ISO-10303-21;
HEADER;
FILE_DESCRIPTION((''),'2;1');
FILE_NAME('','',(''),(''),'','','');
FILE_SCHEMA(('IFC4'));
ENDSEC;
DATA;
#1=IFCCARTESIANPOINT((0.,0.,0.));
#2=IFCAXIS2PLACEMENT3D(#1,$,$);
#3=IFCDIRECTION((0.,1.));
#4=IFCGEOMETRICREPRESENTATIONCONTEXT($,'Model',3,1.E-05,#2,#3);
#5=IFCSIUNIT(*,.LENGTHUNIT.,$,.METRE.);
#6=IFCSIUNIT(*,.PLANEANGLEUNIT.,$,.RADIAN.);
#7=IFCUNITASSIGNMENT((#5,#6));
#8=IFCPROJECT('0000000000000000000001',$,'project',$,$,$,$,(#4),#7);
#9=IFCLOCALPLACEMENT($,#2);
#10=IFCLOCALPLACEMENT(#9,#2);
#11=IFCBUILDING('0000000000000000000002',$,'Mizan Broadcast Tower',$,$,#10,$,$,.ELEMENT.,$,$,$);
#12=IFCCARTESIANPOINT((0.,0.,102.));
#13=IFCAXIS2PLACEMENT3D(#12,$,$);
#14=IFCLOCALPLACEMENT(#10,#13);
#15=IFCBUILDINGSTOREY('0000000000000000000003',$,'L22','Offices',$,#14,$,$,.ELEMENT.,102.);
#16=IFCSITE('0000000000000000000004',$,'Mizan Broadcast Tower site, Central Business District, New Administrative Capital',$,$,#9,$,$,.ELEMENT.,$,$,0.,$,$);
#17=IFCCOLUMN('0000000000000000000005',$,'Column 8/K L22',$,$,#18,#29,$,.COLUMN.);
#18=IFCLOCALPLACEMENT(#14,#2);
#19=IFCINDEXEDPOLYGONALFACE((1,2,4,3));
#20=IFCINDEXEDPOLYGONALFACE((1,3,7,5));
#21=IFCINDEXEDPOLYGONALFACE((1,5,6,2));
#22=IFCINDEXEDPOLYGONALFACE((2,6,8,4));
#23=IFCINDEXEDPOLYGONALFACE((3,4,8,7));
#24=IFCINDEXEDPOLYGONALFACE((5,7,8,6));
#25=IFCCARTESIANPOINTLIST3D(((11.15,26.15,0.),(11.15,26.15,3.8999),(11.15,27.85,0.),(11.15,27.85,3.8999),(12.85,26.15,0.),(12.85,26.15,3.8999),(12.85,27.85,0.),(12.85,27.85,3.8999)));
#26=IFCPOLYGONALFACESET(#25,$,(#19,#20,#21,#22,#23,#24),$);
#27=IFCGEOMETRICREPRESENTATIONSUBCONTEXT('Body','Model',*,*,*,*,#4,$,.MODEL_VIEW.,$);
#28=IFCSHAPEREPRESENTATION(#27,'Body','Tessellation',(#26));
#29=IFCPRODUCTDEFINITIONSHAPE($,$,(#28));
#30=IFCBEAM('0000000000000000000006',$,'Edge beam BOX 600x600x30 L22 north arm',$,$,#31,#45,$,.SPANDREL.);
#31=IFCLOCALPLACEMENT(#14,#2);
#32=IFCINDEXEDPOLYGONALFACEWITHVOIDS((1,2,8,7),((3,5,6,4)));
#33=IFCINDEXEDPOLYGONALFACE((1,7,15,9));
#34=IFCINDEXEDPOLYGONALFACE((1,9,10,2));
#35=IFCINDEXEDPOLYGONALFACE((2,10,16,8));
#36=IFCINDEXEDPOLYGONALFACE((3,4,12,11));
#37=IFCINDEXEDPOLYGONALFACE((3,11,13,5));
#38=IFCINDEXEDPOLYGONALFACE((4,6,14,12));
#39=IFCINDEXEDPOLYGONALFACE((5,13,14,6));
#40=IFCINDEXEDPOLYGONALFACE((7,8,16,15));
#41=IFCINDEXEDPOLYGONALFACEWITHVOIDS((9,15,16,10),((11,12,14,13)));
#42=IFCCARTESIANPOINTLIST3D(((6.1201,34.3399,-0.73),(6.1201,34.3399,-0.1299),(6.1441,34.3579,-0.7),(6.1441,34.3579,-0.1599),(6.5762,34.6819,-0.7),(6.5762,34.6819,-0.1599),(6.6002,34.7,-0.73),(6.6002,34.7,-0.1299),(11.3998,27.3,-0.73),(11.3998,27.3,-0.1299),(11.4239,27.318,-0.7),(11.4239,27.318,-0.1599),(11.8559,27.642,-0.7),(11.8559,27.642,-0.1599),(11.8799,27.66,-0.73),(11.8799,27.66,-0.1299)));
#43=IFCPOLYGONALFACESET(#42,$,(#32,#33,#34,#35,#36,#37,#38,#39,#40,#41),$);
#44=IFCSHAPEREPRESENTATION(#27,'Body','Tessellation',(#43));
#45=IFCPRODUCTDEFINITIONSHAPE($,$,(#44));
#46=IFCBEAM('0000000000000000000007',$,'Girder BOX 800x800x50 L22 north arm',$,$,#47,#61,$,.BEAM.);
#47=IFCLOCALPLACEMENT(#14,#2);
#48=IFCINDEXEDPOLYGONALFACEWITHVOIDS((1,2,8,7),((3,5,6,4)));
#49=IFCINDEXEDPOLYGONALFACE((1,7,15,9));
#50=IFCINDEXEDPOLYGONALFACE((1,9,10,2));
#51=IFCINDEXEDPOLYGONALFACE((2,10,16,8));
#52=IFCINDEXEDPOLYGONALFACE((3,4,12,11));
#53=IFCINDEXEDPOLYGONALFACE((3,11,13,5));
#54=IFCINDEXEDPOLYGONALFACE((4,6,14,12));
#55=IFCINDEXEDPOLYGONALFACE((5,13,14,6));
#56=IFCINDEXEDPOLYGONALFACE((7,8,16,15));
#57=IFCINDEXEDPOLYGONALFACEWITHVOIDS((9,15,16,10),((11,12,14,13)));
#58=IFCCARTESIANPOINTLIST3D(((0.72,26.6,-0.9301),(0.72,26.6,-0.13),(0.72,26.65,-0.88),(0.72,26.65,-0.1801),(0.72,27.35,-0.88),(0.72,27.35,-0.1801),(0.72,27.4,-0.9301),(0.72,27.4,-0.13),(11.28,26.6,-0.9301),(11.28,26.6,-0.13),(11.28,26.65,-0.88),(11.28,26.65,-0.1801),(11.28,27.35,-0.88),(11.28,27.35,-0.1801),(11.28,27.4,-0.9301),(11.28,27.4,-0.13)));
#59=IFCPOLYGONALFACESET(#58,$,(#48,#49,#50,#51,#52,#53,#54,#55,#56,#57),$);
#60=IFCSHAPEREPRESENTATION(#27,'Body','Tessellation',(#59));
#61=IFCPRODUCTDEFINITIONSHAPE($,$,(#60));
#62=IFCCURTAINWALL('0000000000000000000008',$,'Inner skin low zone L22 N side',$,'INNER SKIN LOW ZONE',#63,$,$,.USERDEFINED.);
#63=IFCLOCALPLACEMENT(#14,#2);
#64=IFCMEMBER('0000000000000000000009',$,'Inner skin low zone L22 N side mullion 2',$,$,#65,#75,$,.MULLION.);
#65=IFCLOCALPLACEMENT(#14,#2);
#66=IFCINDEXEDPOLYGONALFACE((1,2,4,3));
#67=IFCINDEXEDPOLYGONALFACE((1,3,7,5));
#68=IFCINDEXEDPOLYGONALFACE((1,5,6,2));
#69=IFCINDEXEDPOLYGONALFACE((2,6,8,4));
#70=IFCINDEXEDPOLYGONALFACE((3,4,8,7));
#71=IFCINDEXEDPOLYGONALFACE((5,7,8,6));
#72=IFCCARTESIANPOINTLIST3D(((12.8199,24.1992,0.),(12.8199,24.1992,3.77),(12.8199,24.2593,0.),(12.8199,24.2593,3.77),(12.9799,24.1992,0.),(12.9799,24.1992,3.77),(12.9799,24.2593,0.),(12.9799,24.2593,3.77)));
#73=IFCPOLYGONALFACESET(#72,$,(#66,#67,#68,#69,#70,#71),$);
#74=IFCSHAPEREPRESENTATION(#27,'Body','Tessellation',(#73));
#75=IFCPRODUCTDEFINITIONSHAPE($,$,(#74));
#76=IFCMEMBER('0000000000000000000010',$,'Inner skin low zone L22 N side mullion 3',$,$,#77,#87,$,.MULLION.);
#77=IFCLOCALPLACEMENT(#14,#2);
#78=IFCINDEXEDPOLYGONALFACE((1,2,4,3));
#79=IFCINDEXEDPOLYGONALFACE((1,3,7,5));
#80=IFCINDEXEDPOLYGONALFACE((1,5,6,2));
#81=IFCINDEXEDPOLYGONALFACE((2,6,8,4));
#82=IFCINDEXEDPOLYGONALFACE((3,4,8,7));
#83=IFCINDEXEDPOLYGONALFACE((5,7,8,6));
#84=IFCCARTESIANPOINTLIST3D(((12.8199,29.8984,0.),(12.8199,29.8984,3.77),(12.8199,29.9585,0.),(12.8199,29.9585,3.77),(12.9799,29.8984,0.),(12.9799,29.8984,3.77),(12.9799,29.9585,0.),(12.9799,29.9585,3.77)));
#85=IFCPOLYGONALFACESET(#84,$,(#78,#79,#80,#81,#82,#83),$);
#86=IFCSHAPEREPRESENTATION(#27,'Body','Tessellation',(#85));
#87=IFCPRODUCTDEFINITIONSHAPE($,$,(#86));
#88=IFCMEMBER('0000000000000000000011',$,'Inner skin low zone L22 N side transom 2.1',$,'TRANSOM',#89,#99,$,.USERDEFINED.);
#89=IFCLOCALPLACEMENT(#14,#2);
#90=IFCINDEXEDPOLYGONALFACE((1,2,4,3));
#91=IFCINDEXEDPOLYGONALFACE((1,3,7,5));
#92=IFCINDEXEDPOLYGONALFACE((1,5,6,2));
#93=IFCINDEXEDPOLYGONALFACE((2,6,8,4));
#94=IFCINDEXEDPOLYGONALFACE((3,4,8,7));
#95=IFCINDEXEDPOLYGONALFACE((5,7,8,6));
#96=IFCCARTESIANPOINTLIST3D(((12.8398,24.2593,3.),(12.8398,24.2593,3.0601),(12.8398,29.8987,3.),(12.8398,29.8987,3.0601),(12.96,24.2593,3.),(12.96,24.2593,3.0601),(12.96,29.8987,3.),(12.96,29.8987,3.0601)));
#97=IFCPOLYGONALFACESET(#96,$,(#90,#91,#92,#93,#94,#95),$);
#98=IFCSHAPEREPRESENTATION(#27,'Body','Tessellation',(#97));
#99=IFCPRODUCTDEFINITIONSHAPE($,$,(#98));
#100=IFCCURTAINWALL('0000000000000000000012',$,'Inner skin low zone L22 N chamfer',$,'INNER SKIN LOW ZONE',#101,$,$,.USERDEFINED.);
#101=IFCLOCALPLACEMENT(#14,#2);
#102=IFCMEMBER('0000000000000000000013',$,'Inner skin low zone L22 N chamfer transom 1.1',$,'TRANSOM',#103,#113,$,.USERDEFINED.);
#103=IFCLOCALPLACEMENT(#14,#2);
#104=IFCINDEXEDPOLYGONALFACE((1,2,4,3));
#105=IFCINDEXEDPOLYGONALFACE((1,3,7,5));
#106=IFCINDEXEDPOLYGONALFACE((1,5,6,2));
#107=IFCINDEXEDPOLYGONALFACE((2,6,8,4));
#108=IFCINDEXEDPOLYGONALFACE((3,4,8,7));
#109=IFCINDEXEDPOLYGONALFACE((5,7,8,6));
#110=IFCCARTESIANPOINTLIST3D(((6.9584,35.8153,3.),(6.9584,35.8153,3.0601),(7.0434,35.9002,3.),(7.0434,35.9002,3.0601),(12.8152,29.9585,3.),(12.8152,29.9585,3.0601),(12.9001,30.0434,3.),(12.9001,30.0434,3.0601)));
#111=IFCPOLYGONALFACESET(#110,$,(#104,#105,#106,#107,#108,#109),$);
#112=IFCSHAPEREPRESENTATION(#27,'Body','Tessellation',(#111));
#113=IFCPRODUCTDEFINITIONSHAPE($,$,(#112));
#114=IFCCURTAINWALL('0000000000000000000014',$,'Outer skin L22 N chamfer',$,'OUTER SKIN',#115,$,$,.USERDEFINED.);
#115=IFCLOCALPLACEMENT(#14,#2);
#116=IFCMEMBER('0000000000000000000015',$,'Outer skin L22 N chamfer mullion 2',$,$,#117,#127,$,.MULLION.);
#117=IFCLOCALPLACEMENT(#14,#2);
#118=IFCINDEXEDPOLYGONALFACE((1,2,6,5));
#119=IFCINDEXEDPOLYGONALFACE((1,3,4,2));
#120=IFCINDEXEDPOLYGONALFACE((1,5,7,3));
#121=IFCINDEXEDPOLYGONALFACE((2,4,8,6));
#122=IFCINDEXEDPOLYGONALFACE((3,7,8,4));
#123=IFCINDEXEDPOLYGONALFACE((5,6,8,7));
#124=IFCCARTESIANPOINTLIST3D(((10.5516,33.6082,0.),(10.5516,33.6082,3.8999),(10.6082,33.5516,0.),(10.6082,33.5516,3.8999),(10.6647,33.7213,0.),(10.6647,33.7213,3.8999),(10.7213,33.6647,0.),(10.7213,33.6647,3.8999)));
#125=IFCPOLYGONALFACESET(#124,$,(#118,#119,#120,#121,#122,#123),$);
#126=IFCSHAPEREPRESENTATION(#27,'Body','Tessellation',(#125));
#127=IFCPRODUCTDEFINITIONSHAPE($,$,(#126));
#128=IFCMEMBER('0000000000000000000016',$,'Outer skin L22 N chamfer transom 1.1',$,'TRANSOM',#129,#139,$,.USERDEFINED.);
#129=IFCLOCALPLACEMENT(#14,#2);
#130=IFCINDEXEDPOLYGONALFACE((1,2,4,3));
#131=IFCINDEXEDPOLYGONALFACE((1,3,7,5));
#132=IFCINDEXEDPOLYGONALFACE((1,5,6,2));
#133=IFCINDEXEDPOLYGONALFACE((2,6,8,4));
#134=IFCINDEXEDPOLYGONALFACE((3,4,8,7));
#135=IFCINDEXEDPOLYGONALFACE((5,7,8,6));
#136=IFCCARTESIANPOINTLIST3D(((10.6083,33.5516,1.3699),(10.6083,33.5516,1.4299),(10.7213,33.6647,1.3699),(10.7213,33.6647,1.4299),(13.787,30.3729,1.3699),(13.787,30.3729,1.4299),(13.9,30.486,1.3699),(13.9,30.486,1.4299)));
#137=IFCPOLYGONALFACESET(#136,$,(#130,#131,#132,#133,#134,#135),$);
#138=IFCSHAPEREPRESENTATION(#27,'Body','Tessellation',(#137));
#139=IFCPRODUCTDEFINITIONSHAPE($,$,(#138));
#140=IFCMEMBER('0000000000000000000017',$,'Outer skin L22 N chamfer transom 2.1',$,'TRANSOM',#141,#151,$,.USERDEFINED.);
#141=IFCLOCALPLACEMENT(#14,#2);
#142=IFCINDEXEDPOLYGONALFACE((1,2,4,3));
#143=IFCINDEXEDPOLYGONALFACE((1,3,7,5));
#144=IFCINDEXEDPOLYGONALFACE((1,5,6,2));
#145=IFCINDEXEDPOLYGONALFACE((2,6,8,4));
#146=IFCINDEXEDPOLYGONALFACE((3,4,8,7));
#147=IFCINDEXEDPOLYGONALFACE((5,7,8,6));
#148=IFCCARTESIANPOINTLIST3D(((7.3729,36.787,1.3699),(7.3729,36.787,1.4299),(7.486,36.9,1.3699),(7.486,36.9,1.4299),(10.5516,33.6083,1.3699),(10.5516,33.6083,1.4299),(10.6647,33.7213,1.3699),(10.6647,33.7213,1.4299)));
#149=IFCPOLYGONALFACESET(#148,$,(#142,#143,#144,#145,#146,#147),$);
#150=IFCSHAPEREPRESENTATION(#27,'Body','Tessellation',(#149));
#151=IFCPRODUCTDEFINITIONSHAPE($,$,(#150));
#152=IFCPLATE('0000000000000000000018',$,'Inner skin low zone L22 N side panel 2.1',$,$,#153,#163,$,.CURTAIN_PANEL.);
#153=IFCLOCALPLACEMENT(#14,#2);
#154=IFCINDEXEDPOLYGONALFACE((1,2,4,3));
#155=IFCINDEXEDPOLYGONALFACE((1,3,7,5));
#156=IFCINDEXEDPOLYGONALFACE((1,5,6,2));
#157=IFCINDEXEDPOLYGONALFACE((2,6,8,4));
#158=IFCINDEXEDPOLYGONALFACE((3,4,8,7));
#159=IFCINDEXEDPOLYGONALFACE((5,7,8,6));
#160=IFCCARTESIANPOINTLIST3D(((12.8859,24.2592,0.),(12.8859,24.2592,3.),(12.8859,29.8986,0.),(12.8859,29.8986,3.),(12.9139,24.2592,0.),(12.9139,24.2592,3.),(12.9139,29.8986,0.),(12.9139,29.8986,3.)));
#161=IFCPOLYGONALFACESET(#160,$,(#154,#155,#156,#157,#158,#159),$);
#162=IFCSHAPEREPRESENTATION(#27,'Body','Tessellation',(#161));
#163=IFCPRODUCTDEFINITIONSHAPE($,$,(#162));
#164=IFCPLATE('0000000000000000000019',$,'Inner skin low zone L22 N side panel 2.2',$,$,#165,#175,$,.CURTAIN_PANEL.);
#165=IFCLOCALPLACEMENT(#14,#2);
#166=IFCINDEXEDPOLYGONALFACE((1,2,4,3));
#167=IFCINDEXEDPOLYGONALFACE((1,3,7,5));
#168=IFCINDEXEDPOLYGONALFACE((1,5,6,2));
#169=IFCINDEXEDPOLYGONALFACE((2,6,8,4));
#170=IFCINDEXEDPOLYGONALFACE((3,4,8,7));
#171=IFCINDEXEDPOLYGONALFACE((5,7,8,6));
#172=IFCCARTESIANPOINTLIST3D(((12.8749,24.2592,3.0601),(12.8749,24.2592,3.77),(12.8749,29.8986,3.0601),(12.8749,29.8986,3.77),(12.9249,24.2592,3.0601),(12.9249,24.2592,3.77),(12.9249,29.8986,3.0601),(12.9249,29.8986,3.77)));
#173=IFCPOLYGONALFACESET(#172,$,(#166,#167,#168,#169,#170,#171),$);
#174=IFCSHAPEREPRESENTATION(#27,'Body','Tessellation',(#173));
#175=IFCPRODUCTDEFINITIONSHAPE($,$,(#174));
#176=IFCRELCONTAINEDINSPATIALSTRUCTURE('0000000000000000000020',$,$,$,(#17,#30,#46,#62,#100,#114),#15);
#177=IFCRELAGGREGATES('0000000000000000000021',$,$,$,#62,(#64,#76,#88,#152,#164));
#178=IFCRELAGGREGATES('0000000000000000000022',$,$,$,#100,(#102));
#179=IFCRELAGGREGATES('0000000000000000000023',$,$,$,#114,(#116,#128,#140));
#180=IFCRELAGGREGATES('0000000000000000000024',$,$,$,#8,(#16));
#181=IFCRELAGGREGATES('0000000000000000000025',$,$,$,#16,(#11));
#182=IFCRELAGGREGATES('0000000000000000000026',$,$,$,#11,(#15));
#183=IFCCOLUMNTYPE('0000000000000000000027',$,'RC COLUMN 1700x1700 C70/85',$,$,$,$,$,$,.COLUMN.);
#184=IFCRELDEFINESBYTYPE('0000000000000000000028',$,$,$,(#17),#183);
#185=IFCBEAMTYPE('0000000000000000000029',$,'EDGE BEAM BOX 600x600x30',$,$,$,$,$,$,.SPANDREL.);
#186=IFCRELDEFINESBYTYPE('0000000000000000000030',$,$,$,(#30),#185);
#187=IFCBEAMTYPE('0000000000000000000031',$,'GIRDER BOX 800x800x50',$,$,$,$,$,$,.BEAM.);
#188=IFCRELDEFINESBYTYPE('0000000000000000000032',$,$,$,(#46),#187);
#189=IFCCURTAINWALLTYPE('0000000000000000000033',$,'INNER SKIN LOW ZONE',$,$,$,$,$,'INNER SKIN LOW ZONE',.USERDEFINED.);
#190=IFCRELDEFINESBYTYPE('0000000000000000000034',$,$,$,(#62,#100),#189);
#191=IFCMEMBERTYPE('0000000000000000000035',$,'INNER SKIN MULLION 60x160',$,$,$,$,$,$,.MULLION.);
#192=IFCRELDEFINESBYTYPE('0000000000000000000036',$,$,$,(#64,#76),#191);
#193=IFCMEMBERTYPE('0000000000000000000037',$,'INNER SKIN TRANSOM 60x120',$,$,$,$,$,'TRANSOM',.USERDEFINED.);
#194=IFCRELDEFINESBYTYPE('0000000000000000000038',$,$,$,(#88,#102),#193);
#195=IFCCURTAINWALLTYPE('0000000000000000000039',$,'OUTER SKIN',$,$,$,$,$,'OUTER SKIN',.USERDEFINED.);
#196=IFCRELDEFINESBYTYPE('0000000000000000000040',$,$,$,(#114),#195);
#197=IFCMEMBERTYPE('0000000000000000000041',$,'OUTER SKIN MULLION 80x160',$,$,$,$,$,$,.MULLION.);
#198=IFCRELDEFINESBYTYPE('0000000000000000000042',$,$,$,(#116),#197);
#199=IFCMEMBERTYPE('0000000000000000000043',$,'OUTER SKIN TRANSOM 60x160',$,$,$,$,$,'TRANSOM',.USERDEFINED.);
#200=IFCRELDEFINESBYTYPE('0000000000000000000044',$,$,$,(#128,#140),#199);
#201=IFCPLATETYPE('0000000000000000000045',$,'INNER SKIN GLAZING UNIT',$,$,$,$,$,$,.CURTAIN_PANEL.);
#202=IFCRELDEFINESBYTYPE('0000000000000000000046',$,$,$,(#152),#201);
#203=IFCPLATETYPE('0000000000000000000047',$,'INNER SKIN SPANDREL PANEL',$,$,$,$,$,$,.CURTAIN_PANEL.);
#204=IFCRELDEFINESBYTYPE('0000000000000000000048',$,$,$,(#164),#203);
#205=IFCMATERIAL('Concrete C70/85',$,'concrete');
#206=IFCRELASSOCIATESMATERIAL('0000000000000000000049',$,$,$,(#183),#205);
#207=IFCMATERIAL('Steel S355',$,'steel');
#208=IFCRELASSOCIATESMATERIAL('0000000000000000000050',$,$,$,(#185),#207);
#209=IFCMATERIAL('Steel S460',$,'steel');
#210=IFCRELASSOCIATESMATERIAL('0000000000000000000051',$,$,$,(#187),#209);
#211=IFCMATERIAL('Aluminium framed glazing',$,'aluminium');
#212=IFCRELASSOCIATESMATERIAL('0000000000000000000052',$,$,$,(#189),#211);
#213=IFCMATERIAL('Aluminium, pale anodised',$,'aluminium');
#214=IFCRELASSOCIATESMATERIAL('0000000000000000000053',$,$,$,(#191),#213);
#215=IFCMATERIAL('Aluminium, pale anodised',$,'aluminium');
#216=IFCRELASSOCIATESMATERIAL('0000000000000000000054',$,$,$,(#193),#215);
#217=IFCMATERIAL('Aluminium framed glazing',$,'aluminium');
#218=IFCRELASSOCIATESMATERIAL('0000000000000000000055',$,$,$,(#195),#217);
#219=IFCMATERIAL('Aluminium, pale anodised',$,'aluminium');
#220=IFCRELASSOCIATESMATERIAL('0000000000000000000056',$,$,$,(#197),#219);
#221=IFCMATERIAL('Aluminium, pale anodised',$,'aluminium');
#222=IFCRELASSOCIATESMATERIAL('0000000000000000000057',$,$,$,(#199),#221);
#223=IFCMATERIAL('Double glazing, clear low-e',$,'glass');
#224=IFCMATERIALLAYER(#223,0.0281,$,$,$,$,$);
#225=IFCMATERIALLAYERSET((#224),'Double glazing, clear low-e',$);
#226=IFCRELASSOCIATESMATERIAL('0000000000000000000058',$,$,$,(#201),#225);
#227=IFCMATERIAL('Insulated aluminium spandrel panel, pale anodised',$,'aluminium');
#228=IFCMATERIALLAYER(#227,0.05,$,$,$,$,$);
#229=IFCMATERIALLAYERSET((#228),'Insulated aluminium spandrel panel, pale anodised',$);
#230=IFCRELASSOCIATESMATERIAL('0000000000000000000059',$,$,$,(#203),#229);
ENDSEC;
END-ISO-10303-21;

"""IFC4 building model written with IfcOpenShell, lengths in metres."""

from ifc_helpers import new_model, si_unit, direction, frame, origin, origin_2d, place, context, subcontext, project, spatial, rectangle, hollow_rectangle, extrude, material, layer, layer_set, material_profile, profile_set, type_object, element, aggregate, save


model = new_model("IFC4")

# Units and contexts
model_context = context("Model", 3, precision=1e-05, world=origin(), true_north=direction((0.0, 1.0)))
body_context = subcontext(model_context, "Body", "Model", "MODEL_VIEW")
ifc_project = project(units=[si_unit("LENGTHUNIT", "METRE"), si_unit("PLANEANGLEUNIT", "RADIAN")], contexts=[model_context])

# Site, building, storey
site_placement = place(None, origin())
site = spatial("IfcSite", under=ifc_project, at=site_placement, Name="Mizan Broadcast Tower site, Central Business District, New Administrative Capital", CompositionType="ELEMENT", RefElevation=0.0)
building_placement = place(site_placement, origin())
building = spatial("IfcBuilding", under=site, at=building_placement, Name="Mizan Broadcast Tower", CompositionType="ELEMENT")
storey_placement = place(building_placement, frame((0.0, 0.0, 102.0)))
storey = spatial("IfcBuildingStorey", under=building, at=storey_placement, Name="L22", Description="Offices", CompositionType="ELEMENT", Elevation=102.0)

# Column
ifc_material_1 = material(Name="Concrete C70/85", Category="concrete")
ifc_material_profile_1 = material_profile(ifc_material_1, rectangle(XDim=1.7, YDim=1.7, at=origin_2d()), Name="RC 1700x1700")
ifc_profile_set_1 = profile_set([ifc_material_profile_1], Name="Concrete C70/85")
column_type = type_object("IfcColumnType", Name="RC COLUMN 1700x1700 C70/85", PredefinedType="COLUMN", material=ifc_profile_set_1)
column_placement = place(storey_placement, frame((12.0, 27.0, 0.0), z_axis=(0.0, 0.0, 1.0), x_axis=(1.0, 0.0, 0.0)))
element("IfcColumn", 1, at=column_placement, inside=storey, type_object=column_type, Name="Column 8/K L22", PredefinedType="COLUMN", context=body_context, shape_type="SweptSolid", body=[
    extrude(rectangle(XDim=1.7, YDim=1.7, at=origin_2d()), origin(), (0.0, 0.0, 1.0), 3.8999),
])

# Beams
ifc_material_2 = material(Name="Steel S355", Category="steel")
ifc_material_profile_2 = material_profile(ifc_material_2, hollow_rectangle(XDim=0.6001, YDim=0.6001, WallThickness=0.03, at=origin_2d()), Name="BOX 600x600x30")
ifc_profile_set_2 = profile_set([ifc_material_profile_2], Name="Steel S355")
beam_type_1 = type_object("IfcBeamType", Name="EDGE BEAM BOX 600x600x30", PredefinedType="SPANDREL", material=ifc_profile_set_2)
beam_1_placement = place(storey_placement, frame((11.6399, 27.48, -0.4299), z_axis=(-0.599982, 0.800013, 0.0), x_axis=(-0.800013, -0.599982, 0.0)))
element("IfcBeam", 2, at=beam_1_placement, inside=storey, type_object=beam_type_1, Name="Edge beam BOX 600x600x30 L22 north arm", PredefinedType="SPANDREL", context=body_context, shape_type="SweptSolid", body=[
    extrude(hollow_rectangle(XDim=0.6001, YDim=0.6001, WallThickness=0.03, at=origin_2d()), origin(), (0.0, 0.0, 1.0), 8.7998),
])
ifc_material_3 = material(Name="Steel S460", Category="steel")
ifc_material_profile_3 = material_profile(ifc_material_3, hollow_rectangle(XDim=0.8, YDim=0.8, WallThickness=0.05, at=origin_2d()), Name="BOX 800x800x50")
ifc_profile_set_3 = profile_set([ifc_material_profile_3], Name="Steel S460")
beam_type_2 = type_object("IfcBeamType", Name="GIRDER BOX 800x800x50", PredefinedType="BEAM", material=ifc_profile_set_3)
beam_2_placement = place(storey_placement, frame((11.28, 27.0, -0.53), z_axis=(-1.0, 0.0, 0.0), x_axis=(0.0, -1.0, 0.0)))
element("IfcBeam", 3, at=beam_2_placement, inside=storey, type_object=beam_type_2, Name="Girder BOX 800x800x50 L22 north arm", PredefinedType="BEAM", context=body_context, shape_type="SweptSolid", body=[
    extrude(hollow_rectangle(XDim=0.8, YDim=0.8, WallThickness=0.05, at=origin_2d()), origin(), (0.0, 0.0, 1.0), 10.5601),
])

# Curtain wall, members
ifc_material_4 = material(Name="Aluminium framed glazing", Category="aluminium")
curtain_wall_type_1 = type_object("IfcCurtainWallType", Name="INNER SKIN LOW ZONE", ElementType="INNER SKIN LOW ZONE", PredefinedType="USERDEFINED", material=ifc_material_4)
curtain_wall_1_placement = place(storey_placement, origin())
curtain_wall_1 = element("IfcCurtainWall", 4, at=curtain_wall_1_placement, inside=storey, type_object=curtain_wall_type_1, Name="Inner skin low zone L22 N side", ObjectType="INNER SKIN LOW ZONE", PredefinedType="USERDEFINED")
ifc_material_5 = material(Name="Aluminium, pale anodised", Category="aluminium")
ifc_material_profile_4 = material_profile(ifc_material_5, rectangle(XDim=0.1599, YDim=0.0601, at=origin_2d()), Name="MULLION 160x60")
ifc_profile_set_4 = profile_set([ifc_material_profile_4], Name="Aluminium, pale anodised")
member_type_1 = type_object("IfcMemberType", Name="INNER SKIN MULLION 60x160", PredefinedType="MULLION", material=ifc_profile_set_4)
member_1_placement = place(storey_placement, frame((12.8999, 24.2292, 0.0), z_axis=(0.0, 0.0, 1.0), x_axis=(-1.0, 0.0, 0.0)))
member_1 = element("IfcMember", 5, at=member_1_placement, type_object=member_type_1, Name="Inner skin low zone L22 N side mullion 2", PredefinedType="MULLION", context=body_context, shape_type="SweptSolid", body=[
    extrude(rectangle(XDim=0.1599, YDim=0.0601, at=origin_2d()), origin(), (0.0, 0.0, 1.0), 3.77),
])
member_2_placement = place(storey_placement, frame((12.8999, 29.9285, 0.0), z_axis=(0.0, 0.0, 1.0), x_axis=(-1.0, 0.0, 0.0)))
member_2 = element("IfcMember", 6, at=member_2_placement, type_object=member_type_1, Name="Inner skin low zone L22 N side mullion 3", PredefinedType="MULLION", context=body_context, shape_type="SweptSolid", body=[
    extrude(rectangle(XDim=0.1599, YDim=0.0601, at=origin_2d()), origin(), (0.0, 0.0, 1.0), 3.77),
])
ifc_material_6 = material(Name="Aluminium, pale anodised", Category="aluminium")
ifc_material_profile_5 = material_profile(ifc_material_6, rectangle(XDim=0.1201, YDim=0.0601, at=origin_2d()), Name="TRANSOM 120x60")
ifc_profile_set_5 = profile_set([ifc_material_profile_5], Name="Aluminium, pale anodised")
member_type_2 = type_object("IfcMemberType", Name="INNER SKIN TRANSOM 60x120", ElementType="TRANSOM", PredefinedType="USERDEFINED", material=ifc_profile_set_5)
member_3_placement = place(storey_placement, frame((12.8999, 24.2593, 3.03), z_axis=(0.0, 1.0, 0.0), x_axis=(-1.0, 0.0, 0.0)))
member_3 = element("IfcMember", 7, at=member_3_placement, type_object=member_type_2, Name="Inner skin low zone L22 N side transom 2.1", ObjectType="TRANSOM", PredefinedType="USERDEFINED", context=body_context, shape_type="SweptSolid", body=[
    extrude(rectangle(XDim=0.1201, YDim=0.0601, at=origin_2d()), origin(), (0.0, 0.0, 1.0), 5.6394),
])

# Curtain wall, member
curtain_wall_2_placement = place(storey_placement, origin())
curtain_wall_2 = element("IfcCurtainWall", 8, at=curtain_wall_2_placement, inside=storey, type_object=curtain_wall_type_1, Name="Inner skin low zone L22 N chamfer", ObjectType="INNER SKIN LOW ZONE", PredefinedType="USERDEFINED")
member_4_placement = place(storey_placement, frame((12.8577, 30.001, 3.03), z_axis=(-0.707107, 0.707107, 0.0), x_axis=(-0.707107, -0.707107, 0.0)))
member_4 = element("IfcMember", 9, at=member_4_placement, type_object=member_type_2, Name="Inner skin low zone L22 N chamfer transom 1.1", ObjectType="TRANSOM", PredefinedType="USERDEFINED", context=body_context, shape_type="SweptSolid", body=[
    extrude(rectangle(XDim=0.1201, YDim=0.0601, at=origin_2d()), origin(), (0.0, 0.0, 1.0), 8.2827),
])

# Curtain wall, members
ifc_material_7 = material(Name="Aluminium framed glazing", Category="aluminium")
curtain_wall_type_2 = type_object("IfcCurtainWallType", Name="OUTER SKIN", ElementType="OUTER SKIN", PredefinedType="USERDEFINED", material=ifc_material_7)
curtain_wall_3_placement = place(storey_placement, origin())
curtain_wall_3 = element("IfcCurtainWall", 10, at=curtain_wall_3_placement, inside=storey, type_object=curtain_wall_type_2, Name="Outer skin L22 N chamfer", ObjectType="OUTER SKIN", PredefinedType="USERDEFINED")
ifc_material_8 = material(Name="Aluminium, pale anodised", Category="aluminium")
ifc_material_profile_6 = material_profile(ifc_material_8, rectangle(XDim=0.1599, YDim=0.0801, at=origin_2d()), Name="MULLION 160x80")
ifc_profile_set_6 = profile_set([ifc_material_profile_6], Name="Aluminium, pale anodised")
member_type_3 = type_object("IfcMemberType", Name="OUTER SKIN MULLION 80x160", PredefinedType="MULLION", material=ifc_profile_set_6)
member_5_placement = place(storey_placement, frame((10.6365, 33.6365, 0.0), z_axis=(0.0, 0.0, 1.0), x_axis=(-0.707107, -0.707107, 0.0)))
member_5 = element("IfcMember", 11, at=member_5_placement, type_object=member_type_3, Name="Outer skin L22 N chamfer mullion 2", PredefinedType="MULLION", context=body_context, shape_type="SweptSolid", body=[
    extrude(rectangle(XDim=0.1599, YDim=0.0801, at=origin_2d()), origin(), (0.0, 0.0, 1.0), 3.8999),
])
ifc_material_9 = material(Name="Aluminium, pale anodised", Category="aluminium")
ifc_material_profile_7 = material_profile(ifc_material_9, rectangle(XDim=0.1599, YDim=0.0601, at=origin_2d()), Name="TRANSOM 160x60")
ifc_profile_set_7 = profile_set([ifc_material_profile_7], Name="Aluminium, pale anodised")
member_type_4 = type_object("IfcMemberType", Name="OUTER SKIN TRANSOM 60x160", ElementType="TRANSOM", PredefinedType="USERDEFINED", material=ifc_profile_set_7)
member_6_placement = place(storey_placement, frame((13.8435, 30.4294, 1.3999), z_axis=(-0.707107, 0.707107, 0.0), x_axis=(-0.707107, -0.707107, 0.0)))
member_6 = element("IfcMember", 12, at=member_6_placement, type_object=member_type_4, Name="Outer skin L22 N chamfer transom 1.1", ObjectType="TRANSOM", PredefinedType="USERDEFINED", context=body_context, shape_type="SweptSolid", body=[
    extrude(rectangle(XDim=0.1599, YDim=0.0601, at=origin_2d()), origin(), (0.0, 0.0, 1.0), 4.4954),
])
member_7_placement = place(storey_placement, frame((10.6082, 33.6648, 1.3999), z_axis=(-0.707107, 0.707107, 0.0), x_axis=(-0.707107, -0.707107, 0.0)))
member_7 = element("IfcMember", 13, at=member_7_placement, type_object=member_type_4, Name="Outer skin L22 N chamfer transom 2.1", ObjectType="TRANSOM", PredefinedType="USERDEFINED", context=body_context, shape_type="SweptSolid", body=[
    extrude(rectangle(XDim=0.1599, YDim=0.0601, at=origin_2d()), origin(), (0.0, 0.0, 1.0), 4.4954),
])

# Plates
ifc_material_10 = material(Name="Double glazing, clear low-e", Category="glass")
ifc_layer_1 = layer(ifc_material_10, 0.0281)
ifc_layer_set_1 = layer_set([ifc_layer_1], Name="Double glazing, clear low-e")
plate_type_1 = type_object("IfcPlateType", Name="INNER SKIN GLAZING UNIT", PredefinedType="CURTAIN_PANEL", material=ifc_layer_set_1)
plate_1_placement = place(storey_placement, frame((12.8999, 27.0789, 0.0), z_axis=(0.0, 0.0, 1.0), x_axis=(0.0, 1.0, 0.0)))
plate_1 = element("IfcPlate", 14, at=plate_1_placement, type_object=plate_type_1, Name="Inner skin low zone L22 N side panel 2.1", PredefinedType="CURTAIN_PANEL", context=body_context, shape_type="SweptSolid", body=[
    extrude(rectangle(XDim=5.6394, YDim=0.0281, at=origin_2d()), origin(), (0.0, 0.0, 1.0), 3.0),
])
ifc_material_11 = material(Name="Insulated aluminium spandrel panel, pale anodised", Category="aluminium")
ifc_layer_2 = layer(ifc_material_11, 0.05)
ifc_layer_set_2 = layer_set([ifc_layer_2], Name="Insulated aluminium spandrel panel, pale anodised")
plate_type_2 = type_object("IfcPlateType", Name="INNER SKIN SPANDREL PANEL", PredefinedType="CURTAIN_PANEL", material=ifc_layer_set_2)
plate_2_placement = place(storey_placement, frame((12.8999, 27.0789, 3.0601), z_axis=(0.0, 0.0, 1.0), x_axis=(0.0, 1.0, 0.0)))
plate_2 = element("IfcPlate", 15, at=plate_2_placement, type_object=plate_type_2, Name="Inner skin low zone L22 N side panel 2.2", PredefinedType="CURTAIN_PANEL", context=body_context, shape_type="SweptSolid", body=[
    extrude(rectangle(XDim=5.6394, YDim=0.05, at=origin_2d()), origin(), (0.0, 0.0, 1.0), 0.71),
])
aggregate(curtain_wall_1, [member_1, member_2, member_3, plate_1, plate_2])
aggregate(curtain_wall_2, [member_4])
aggregate(curtain_wall_3, [member_5, member_6, member_7])

save(model, "model.ifc")
